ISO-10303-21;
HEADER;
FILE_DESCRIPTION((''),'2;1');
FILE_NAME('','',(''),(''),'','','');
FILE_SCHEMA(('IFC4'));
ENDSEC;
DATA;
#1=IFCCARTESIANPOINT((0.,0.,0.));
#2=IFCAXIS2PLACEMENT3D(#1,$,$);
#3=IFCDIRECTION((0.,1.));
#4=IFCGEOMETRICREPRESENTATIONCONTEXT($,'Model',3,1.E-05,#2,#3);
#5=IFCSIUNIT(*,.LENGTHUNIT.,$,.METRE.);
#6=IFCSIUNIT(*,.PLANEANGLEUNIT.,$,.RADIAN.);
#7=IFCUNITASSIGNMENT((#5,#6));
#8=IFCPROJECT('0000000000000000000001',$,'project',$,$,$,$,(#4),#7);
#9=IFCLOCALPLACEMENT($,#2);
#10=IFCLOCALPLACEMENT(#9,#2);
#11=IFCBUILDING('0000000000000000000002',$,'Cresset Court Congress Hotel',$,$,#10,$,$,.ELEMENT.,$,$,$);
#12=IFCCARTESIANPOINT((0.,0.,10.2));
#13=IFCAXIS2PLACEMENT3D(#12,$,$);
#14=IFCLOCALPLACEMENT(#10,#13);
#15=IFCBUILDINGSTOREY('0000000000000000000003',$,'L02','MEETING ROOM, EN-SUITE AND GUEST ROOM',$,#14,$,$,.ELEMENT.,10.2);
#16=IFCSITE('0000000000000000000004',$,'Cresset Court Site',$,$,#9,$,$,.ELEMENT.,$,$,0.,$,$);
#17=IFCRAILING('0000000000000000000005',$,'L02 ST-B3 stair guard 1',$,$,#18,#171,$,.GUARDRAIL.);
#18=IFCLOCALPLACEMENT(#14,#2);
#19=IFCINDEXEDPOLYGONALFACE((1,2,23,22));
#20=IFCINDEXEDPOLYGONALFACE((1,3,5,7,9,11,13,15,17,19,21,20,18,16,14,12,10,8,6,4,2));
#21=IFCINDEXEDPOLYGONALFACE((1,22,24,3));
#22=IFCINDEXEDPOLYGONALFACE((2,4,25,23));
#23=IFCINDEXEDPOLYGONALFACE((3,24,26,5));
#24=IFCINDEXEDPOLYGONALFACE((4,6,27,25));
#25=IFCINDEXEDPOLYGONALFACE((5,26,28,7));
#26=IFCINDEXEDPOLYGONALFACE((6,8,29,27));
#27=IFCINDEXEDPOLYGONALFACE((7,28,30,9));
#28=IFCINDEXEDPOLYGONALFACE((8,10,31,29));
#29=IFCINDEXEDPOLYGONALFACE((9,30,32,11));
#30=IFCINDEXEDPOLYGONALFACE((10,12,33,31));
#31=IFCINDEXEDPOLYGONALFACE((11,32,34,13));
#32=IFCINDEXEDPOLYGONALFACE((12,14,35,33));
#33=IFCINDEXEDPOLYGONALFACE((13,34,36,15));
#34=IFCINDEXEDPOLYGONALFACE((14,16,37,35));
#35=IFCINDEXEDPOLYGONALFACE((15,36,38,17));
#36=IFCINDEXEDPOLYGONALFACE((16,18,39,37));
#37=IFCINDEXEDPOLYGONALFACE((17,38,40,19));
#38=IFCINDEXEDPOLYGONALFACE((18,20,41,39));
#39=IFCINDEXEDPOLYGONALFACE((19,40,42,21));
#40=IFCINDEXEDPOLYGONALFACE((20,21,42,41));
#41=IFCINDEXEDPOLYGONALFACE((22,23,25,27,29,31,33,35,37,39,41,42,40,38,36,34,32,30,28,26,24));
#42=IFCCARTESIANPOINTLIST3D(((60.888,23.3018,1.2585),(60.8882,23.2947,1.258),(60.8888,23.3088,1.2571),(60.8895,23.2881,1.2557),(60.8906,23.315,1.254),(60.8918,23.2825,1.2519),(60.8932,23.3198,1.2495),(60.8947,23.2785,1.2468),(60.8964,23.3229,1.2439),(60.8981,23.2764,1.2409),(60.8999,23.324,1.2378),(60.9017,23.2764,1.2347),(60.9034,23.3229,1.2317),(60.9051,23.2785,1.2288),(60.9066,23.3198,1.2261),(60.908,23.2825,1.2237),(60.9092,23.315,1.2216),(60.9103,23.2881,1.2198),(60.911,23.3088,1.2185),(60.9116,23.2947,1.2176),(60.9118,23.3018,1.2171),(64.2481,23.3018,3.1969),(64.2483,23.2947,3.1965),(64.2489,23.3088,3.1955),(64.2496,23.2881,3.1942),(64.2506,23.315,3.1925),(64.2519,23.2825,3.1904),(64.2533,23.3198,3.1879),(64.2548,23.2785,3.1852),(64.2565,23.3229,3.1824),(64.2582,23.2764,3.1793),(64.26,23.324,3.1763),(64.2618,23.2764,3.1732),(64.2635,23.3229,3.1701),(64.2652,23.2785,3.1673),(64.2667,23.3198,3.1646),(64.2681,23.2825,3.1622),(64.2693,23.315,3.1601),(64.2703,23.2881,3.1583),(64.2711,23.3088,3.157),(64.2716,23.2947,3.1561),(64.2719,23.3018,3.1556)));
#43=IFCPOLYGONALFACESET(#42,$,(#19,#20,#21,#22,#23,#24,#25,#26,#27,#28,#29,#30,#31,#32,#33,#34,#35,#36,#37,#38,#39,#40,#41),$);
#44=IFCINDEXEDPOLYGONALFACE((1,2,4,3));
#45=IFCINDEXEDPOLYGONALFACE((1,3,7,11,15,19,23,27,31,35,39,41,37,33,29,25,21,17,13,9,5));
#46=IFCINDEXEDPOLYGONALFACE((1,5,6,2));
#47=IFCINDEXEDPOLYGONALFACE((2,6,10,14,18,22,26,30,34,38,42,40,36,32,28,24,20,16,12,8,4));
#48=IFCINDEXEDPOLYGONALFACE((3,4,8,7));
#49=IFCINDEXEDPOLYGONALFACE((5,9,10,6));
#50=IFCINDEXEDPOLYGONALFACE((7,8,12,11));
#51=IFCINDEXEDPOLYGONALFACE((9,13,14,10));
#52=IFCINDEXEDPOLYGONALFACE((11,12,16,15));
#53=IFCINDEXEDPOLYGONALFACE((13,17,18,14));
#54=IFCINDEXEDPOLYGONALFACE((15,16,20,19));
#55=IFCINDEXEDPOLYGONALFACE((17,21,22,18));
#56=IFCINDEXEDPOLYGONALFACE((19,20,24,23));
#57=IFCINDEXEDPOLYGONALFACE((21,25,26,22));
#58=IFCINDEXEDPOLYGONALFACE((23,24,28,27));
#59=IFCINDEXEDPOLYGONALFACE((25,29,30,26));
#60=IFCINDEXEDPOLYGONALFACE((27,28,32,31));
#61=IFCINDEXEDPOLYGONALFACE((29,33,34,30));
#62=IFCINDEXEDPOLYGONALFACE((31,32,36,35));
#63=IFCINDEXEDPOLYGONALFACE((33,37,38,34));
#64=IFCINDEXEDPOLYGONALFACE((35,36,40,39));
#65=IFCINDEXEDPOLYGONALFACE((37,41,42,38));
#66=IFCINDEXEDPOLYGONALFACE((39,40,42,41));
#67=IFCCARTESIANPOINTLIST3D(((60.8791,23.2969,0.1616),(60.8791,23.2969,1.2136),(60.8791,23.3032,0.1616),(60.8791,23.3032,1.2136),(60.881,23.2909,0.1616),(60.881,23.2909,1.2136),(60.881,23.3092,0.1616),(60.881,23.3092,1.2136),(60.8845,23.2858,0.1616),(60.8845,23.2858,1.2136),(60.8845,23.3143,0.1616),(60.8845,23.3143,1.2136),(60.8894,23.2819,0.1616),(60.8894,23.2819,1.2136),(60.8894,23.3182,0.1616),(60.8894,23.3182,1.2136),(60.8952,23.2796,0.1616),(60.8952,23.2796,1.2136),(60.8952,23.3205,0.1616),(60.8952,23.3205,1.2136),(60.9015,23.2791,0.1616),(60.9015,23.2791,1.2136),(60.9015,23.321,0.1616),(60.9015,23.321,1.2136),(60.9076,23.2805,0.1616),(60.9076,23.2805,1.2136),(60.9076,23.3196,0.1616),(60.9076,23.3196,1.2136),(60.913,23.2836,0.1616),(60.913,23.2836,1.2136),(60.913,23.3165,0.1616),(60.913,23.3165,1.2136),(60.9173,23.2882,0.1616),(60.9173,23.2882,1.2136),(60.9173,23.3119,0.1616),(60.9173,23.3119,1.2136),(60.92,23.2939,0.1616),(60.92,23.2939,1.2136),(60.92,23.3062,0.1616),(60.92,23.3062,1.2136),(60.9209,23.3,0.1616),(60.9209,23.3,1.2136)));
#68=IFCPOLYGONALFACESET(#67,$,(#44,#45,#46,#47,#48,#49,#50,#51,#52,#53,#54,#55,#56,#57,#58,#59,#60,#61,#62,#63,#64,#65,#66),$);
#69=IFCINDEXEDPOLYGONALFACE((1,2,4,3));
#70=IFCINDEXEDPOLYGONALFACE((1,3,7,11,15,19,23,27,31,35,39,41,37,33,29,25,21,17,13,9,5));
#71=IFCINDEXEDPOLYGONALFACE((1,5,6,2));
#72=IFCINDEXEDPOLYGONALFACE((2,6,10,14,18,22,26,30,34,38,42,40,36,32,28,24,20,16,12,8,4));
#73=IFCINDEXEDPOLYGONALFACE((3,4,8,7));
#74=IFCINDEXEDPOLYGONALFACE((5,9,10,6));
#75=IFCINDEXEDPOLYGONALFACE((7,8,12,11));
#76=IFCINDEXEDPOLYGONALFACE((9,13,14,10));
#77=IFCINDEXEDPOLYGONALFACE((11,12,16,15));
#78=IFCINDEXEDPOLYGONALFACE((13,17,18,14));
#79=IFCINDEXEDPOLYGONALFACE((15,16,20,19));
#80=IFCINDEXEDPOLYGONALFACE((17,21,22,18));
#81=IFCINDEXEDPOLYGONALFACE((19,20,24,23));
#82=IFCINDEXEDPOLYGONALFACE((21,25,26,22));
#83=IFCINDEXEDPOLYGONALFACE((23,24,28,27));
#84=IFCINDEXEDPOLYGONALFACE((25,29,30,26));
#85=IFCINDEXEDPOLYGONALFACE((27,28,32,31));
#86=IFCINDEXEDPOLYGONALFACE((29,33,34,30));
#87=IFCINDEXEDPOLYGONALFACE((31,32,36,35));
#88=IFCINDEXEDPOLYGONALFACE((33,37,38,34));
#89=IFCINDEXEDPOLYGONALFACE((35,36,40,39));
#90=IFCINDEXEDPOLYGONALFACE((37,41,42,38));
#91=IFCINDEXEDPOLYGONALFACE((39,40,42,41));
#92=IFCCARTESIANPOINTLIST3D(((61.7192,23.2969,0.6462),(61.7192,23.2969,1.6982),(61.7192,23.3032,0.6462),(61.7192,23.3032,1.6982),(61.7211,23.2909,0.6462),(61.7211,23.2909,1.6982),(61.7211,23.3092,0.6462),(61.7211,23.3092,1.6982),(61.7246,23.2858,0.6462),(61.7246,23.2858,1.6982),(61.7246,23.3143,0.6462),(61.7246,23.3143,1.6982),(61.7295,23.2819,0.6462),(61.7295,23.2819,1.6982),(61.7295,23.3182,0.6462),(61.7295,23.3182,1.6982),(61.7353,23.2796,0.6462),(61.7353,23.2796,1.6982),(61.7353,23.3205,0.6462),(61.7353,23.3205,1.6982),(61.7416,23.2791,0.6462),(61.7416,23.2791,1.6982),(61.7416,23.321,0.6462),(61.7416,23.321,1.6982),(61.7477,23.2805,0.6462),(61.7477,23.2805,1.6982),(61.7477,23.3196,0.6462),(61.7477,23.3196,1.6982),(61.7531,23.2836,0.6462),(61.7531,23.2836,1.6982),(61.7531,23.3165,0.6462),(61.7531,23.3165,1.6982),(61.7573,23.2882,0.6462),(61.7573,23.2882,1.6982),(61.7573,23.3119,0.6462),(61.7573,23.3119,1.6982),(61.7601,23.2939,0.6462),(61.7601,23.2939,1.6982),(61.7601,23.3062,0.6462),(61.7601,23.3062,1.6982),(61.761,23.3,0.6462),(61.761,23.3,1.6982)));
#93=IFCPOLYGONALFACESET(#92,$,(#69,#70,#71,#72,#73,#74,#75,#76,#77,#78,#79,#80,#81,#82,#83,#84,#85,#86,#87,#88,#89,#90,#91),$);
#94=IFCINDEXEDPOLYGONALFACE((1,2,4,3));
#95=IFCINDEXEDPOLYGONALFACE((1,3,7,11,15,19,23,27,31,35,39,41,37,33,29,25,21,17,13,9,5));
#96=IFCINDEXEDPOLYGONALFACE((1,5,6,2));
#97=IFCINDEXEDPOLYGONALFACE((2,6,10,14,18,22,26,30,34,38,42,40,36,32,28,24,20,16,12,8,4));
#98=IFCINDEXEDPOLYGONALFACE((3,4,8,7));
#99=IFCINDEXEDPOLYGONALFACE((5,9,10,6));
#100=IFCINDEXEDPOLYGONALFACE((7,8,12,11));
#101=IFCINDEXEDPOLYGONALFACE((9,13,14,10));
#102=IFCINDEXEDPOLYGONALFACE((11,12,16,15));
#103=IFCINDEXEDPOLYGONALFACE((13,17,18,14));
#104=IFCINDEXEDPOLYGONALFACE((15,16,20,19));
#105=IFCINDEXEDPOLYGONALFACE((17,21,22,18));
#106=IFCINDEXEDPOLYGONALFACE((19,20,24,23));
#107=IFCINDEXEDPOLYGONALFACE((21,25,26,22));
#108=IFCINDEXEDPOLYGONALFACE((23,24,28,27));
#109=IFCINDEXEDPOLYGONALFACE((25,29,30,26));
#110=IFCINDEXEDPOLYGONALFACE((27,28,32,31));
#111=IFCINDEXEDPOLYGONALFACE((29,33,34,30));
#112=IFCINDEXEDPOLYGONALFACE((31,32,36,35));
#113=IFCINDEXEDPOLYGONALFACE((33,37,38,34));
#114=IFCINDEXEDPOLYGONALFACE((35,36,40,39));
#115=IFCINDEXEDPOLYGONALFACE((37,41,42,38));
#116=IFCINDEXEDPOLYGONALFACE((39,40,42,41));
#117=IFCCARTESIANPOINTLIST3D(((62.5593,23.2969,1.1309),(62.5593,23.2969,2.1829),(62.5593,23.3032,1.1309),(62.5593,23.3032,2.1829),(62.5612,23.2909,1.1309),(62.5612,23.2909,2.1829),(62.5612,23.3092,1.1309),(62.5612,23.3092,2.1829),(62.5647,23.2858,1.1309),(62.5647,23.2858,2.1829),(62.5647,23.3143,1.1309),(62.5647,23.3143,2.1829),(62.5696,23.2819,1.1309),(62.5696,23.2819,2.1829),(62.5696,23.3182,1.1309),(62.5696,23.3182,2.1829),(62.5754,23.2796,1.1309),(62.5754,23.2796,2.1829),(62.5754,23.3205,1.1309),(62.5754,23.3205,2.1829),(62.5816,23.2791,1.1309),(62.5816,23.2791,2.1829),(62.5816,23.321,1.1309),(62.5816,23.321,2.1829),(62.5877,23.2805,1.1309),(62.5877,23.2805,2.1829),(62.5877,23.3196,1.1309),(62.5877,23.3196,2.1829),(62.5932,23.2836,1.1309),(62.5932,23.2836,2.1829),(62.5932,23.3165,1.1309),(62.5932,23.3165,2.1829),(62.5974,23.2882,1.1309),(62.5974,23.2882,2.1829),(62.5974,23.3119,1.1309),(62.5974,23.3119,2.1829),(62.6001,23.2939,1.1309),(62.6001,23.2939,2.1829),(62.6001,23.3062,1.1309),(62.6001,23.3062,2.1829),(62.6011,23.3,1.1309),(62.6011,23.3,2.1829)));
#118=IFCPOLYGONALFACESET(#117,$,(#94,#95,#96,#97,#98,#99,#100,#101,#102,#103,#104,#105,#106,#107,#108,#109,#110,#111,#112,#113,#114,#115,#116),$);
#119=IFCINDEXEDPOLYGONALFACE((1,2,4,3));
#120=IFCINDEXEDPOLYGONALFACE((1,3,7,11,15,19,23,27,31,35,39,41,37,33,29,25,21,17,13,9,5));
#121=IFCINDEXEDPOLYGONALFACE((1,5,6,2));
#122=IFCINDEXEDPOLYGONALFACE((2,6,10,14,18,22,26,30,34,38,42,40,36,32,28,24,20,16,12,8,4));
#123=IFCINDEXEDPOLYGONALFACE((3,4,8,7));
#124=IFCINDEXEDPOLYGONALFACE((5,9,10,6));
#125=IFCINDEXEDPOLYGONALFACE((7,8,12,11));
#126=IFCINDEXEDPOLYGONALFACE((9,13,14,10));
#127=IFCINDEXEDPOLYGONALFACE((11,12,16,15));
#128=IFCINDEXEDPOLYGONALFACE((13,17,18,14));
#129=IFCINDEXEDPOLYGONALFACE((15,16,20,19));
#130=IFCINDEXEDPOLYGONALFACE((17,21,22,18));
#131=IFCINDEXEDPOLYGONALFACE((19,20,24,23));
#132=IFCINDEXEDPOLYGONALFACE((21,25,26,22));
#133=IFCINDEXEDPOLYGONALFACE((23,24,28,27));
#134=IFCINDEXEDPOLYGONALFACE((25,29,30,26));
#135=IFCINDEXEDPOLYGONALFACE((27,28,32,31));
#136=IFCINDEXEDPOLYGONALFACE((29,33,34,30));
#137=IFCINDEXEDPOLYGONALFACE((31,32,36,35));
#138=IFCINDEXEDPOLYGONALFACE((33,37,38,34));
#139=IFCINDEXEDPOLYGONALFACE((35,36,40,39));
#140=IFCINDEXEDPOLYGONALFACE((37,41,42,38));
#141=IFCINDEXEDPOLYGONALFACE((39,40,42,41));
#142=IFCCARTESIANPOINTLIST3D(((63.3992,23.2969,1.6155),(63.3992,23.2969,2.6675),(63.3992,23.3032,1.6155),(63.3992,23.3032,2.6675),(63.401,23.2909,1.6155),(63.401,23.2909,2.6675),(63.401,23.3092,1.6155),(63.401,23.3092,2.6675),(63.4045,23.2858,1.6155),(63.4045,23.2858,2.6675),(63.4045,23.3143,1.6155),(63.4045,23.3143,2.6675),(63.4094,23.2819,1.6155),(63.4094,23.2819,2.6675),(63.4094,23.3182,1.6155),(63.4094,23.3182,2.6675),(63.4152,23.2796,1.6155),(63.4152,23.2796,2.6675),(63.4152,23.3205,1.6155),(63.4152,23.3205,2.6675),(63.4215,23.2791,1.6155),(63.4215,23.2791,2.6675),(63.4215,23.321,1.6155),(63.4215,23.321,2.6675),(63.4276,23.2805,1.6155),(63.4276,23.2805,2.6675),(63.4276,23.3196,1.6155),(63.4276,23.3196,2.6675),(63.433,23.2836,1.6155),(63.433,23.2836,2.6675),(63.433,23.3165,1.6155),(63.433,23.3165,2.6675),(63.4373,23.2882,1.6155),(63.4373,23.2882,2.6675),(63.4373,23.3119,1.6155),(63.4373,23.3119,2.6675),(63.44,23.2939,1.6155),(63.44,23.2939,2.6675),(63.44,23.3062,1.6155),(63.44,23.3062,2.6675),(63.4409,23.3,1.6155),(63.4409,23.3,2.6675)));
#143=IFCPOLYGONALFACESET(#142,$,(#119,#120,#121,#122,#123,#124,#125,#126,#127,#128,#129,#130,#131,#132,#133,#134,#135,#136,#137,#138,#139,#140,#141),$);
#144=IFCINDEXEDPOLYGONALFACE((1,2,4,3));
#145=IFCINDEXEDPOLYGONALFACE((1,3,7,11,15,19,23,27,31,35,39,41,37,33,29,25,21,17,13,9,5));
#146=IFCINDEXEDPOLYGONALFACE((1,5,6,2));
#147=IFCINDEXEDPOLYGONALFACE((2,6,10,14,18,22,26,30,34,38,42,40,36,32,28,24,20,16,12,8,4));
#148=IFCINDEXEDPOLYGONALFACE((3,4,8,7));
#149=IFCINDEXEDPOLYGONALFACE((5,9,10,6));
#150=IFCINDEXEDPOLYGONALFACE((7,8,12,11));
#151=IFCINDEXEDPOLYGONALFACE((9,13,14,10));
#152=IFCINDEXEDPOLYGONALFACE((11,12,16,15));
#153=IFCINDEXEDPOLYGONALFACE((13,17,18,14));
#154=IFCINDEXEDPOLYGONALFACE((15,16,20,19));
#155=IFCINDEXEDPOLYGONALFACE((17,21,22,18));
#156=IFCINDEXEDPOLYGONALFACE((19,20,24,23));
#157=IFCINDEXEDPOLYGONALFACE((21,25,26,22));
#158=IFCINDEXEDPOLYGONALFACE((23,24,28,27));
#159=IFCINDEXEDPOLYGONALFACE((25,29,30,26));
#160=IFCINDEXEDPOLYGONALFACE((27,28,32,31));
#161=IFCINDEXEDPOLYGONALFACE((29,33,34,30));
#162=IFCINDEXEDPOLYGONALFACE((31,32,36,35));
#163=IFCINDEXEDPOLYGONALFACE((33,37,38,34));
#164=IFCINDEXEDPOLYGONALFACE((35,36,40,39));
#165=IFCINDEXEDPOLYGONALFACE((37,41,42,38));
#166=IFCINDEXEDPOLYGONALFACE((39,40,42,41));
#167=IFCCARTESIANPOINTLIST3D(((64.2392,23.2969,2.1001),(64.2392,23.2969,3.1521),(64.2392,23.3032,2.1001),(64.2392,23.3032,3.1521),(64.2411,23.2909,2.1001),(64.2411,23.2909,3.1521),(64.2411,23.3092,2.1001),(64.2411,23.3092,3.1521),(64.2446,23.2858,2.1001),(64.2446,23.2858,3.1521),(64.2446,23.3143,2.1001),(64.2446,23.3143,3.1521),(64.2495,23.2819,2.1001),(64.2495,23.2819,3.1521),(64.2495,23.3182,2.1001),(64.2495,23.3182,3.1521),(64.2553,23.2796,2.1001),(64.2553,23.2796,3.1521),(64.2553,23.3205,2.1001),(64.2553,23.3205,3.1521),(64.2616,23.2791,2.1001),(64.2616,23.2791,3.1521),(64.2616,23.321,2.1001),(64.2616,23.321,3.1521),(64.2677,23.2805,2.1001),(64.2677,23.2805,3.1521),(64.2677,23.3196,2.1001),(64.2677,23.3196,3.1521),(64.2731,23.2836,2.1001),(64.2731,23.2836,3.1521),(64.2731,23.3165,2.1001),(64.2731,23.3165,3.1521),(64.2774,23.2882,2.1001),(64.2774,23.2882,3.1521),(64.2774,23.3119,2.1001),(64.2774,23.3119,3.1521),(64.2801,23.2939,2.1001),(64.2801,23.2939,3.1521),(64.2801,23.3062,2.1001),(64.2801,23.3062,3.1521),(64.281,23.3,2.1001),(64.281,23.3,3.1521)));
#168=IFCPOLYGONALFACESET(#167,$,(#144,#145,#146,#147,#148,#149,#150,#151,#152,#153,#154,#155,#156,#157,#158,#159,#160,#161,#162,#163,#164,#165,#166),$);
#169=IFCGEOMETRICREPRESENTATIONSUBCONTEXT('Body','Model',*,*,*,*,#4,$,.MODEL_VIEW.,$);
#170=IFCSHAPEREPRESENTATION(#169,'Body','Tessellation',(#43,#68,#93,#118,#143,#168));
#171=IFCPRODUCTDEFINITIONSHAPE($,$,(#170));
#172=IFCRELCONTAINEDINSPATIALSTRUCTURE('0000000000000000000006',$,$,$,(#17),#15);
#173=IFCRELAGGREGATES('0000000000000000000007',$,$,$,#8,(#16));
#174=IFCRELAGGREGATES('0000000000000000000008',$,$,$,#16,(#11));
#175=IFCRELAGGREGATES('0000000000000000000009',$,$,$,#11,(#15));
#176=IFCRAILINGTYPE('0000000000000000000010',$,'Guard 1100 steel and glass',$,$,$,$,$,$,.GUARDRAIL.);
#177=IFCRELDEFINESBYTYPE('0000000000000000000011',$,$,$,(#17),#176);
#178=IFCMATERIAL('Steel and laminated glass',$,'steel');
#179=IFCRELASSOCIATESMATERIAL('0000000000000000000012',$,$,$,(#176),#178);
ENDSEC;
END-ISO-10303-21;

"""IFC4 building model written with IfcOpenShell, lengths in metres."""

from ifc_helpers import new_model, si_unit, direction, frame, origin, origin_2d, place, context, subcontext, project, spatial, circle, extrude, material, type_object, element, save


model = new_model("IFC4")

# Units and contexts
model_context = context("Model", 3, precision=1e-05, world=origin(), true_north=direction((0.0, 1.0)))
body_context = subcontext(model_context, "Body", "Model", "MODEL_VIEW")
ifc_project = project(units=[si_unit("LENGTHUNIT", "METRE"), si_unit("PLANEANGLEUNIT", "RADIAN")], contexts=[model_context])

# Site, building, storey
site_placement = place(None, origin())
site = spatial("IfcSite", under=ifc_project, at=site_placement, Name="Cresset Court Site", CompositionType="ELEMENT", RefElevation=0.0)
building_placement = place(site_placement, origin())
building = spatial("IfcBuilding", under=site, at=building_placement, Name="Cresset Court Congress Hotel", CompositionType="ELEMENT")
storey_placement = place(building_placement, frame((0.0, 0.0, 10.2)))
storey = spatial("IfcBuildingStorey", under=building, at=storey_placement, Name="L02", Description="MEETING ROOM, EN-SUITE AND GUEST ROOM", CompositionType="ELEMENT", Elevation=10.2)

# Railing
ifc_material_1 = material(Name="Steel and laminated glass", Category="steel")
railing_type_1 = type_object("IfcRailingType", Name="Guard 1100 steel and glass", PredefinedType="GUARDRAIL", material=ifc_material_1)
railing_1_placement = place(storey_placement, frame((60.8999, 23.3, 0.1616)))
element("IfcRailing", 1, at=railing_1_placement, inside=storey, type_object=railing_type_1, Name="L02 ST-B3 stair guard 1", PredefinedType="GUARDRAIL", context=body_context, shape_type="SweptSolid", body=[
    extrude(circle(Radius=0.0239, at=origin_2d()), frame((0.0, 0.0, 1.0762), z_axis=(0.866191, 0.0, 0.499713), x_axis=(0.0, 1.0, 0.0)), (0.0, 0.0, 1.0), 3.8792),
    extrude(circle(Radius=0.021, at=origin_2d()), origin(), (0.0, 0.0, 1.0), 1.052),
    extrude(circle(Radius=0.021, at=origin_2d()), frame((0.8401, 0.0, 0.4846)), (0.0, 0.0, 1.0), 1.052),
    extrude(circle(Radius=0.021, at=origin_2d()), frame((1.6802, 0.0, 0.9692)), (0.0, 0.0, 1.0), 1.052),
    extrude(circle(Radius=0.021, at=origin_2d()), frame((2.52, 0.0, 1.4539)), (0.0, 0.0, 1.0), 1.052),
    extrude(circle(Radius=0.021, at=origin_2d()), frame((3.3601, 0.0, 1.9385)), (0.0, 0.0, 1.0), 1.052),
])

save(model, "model.ifc")
